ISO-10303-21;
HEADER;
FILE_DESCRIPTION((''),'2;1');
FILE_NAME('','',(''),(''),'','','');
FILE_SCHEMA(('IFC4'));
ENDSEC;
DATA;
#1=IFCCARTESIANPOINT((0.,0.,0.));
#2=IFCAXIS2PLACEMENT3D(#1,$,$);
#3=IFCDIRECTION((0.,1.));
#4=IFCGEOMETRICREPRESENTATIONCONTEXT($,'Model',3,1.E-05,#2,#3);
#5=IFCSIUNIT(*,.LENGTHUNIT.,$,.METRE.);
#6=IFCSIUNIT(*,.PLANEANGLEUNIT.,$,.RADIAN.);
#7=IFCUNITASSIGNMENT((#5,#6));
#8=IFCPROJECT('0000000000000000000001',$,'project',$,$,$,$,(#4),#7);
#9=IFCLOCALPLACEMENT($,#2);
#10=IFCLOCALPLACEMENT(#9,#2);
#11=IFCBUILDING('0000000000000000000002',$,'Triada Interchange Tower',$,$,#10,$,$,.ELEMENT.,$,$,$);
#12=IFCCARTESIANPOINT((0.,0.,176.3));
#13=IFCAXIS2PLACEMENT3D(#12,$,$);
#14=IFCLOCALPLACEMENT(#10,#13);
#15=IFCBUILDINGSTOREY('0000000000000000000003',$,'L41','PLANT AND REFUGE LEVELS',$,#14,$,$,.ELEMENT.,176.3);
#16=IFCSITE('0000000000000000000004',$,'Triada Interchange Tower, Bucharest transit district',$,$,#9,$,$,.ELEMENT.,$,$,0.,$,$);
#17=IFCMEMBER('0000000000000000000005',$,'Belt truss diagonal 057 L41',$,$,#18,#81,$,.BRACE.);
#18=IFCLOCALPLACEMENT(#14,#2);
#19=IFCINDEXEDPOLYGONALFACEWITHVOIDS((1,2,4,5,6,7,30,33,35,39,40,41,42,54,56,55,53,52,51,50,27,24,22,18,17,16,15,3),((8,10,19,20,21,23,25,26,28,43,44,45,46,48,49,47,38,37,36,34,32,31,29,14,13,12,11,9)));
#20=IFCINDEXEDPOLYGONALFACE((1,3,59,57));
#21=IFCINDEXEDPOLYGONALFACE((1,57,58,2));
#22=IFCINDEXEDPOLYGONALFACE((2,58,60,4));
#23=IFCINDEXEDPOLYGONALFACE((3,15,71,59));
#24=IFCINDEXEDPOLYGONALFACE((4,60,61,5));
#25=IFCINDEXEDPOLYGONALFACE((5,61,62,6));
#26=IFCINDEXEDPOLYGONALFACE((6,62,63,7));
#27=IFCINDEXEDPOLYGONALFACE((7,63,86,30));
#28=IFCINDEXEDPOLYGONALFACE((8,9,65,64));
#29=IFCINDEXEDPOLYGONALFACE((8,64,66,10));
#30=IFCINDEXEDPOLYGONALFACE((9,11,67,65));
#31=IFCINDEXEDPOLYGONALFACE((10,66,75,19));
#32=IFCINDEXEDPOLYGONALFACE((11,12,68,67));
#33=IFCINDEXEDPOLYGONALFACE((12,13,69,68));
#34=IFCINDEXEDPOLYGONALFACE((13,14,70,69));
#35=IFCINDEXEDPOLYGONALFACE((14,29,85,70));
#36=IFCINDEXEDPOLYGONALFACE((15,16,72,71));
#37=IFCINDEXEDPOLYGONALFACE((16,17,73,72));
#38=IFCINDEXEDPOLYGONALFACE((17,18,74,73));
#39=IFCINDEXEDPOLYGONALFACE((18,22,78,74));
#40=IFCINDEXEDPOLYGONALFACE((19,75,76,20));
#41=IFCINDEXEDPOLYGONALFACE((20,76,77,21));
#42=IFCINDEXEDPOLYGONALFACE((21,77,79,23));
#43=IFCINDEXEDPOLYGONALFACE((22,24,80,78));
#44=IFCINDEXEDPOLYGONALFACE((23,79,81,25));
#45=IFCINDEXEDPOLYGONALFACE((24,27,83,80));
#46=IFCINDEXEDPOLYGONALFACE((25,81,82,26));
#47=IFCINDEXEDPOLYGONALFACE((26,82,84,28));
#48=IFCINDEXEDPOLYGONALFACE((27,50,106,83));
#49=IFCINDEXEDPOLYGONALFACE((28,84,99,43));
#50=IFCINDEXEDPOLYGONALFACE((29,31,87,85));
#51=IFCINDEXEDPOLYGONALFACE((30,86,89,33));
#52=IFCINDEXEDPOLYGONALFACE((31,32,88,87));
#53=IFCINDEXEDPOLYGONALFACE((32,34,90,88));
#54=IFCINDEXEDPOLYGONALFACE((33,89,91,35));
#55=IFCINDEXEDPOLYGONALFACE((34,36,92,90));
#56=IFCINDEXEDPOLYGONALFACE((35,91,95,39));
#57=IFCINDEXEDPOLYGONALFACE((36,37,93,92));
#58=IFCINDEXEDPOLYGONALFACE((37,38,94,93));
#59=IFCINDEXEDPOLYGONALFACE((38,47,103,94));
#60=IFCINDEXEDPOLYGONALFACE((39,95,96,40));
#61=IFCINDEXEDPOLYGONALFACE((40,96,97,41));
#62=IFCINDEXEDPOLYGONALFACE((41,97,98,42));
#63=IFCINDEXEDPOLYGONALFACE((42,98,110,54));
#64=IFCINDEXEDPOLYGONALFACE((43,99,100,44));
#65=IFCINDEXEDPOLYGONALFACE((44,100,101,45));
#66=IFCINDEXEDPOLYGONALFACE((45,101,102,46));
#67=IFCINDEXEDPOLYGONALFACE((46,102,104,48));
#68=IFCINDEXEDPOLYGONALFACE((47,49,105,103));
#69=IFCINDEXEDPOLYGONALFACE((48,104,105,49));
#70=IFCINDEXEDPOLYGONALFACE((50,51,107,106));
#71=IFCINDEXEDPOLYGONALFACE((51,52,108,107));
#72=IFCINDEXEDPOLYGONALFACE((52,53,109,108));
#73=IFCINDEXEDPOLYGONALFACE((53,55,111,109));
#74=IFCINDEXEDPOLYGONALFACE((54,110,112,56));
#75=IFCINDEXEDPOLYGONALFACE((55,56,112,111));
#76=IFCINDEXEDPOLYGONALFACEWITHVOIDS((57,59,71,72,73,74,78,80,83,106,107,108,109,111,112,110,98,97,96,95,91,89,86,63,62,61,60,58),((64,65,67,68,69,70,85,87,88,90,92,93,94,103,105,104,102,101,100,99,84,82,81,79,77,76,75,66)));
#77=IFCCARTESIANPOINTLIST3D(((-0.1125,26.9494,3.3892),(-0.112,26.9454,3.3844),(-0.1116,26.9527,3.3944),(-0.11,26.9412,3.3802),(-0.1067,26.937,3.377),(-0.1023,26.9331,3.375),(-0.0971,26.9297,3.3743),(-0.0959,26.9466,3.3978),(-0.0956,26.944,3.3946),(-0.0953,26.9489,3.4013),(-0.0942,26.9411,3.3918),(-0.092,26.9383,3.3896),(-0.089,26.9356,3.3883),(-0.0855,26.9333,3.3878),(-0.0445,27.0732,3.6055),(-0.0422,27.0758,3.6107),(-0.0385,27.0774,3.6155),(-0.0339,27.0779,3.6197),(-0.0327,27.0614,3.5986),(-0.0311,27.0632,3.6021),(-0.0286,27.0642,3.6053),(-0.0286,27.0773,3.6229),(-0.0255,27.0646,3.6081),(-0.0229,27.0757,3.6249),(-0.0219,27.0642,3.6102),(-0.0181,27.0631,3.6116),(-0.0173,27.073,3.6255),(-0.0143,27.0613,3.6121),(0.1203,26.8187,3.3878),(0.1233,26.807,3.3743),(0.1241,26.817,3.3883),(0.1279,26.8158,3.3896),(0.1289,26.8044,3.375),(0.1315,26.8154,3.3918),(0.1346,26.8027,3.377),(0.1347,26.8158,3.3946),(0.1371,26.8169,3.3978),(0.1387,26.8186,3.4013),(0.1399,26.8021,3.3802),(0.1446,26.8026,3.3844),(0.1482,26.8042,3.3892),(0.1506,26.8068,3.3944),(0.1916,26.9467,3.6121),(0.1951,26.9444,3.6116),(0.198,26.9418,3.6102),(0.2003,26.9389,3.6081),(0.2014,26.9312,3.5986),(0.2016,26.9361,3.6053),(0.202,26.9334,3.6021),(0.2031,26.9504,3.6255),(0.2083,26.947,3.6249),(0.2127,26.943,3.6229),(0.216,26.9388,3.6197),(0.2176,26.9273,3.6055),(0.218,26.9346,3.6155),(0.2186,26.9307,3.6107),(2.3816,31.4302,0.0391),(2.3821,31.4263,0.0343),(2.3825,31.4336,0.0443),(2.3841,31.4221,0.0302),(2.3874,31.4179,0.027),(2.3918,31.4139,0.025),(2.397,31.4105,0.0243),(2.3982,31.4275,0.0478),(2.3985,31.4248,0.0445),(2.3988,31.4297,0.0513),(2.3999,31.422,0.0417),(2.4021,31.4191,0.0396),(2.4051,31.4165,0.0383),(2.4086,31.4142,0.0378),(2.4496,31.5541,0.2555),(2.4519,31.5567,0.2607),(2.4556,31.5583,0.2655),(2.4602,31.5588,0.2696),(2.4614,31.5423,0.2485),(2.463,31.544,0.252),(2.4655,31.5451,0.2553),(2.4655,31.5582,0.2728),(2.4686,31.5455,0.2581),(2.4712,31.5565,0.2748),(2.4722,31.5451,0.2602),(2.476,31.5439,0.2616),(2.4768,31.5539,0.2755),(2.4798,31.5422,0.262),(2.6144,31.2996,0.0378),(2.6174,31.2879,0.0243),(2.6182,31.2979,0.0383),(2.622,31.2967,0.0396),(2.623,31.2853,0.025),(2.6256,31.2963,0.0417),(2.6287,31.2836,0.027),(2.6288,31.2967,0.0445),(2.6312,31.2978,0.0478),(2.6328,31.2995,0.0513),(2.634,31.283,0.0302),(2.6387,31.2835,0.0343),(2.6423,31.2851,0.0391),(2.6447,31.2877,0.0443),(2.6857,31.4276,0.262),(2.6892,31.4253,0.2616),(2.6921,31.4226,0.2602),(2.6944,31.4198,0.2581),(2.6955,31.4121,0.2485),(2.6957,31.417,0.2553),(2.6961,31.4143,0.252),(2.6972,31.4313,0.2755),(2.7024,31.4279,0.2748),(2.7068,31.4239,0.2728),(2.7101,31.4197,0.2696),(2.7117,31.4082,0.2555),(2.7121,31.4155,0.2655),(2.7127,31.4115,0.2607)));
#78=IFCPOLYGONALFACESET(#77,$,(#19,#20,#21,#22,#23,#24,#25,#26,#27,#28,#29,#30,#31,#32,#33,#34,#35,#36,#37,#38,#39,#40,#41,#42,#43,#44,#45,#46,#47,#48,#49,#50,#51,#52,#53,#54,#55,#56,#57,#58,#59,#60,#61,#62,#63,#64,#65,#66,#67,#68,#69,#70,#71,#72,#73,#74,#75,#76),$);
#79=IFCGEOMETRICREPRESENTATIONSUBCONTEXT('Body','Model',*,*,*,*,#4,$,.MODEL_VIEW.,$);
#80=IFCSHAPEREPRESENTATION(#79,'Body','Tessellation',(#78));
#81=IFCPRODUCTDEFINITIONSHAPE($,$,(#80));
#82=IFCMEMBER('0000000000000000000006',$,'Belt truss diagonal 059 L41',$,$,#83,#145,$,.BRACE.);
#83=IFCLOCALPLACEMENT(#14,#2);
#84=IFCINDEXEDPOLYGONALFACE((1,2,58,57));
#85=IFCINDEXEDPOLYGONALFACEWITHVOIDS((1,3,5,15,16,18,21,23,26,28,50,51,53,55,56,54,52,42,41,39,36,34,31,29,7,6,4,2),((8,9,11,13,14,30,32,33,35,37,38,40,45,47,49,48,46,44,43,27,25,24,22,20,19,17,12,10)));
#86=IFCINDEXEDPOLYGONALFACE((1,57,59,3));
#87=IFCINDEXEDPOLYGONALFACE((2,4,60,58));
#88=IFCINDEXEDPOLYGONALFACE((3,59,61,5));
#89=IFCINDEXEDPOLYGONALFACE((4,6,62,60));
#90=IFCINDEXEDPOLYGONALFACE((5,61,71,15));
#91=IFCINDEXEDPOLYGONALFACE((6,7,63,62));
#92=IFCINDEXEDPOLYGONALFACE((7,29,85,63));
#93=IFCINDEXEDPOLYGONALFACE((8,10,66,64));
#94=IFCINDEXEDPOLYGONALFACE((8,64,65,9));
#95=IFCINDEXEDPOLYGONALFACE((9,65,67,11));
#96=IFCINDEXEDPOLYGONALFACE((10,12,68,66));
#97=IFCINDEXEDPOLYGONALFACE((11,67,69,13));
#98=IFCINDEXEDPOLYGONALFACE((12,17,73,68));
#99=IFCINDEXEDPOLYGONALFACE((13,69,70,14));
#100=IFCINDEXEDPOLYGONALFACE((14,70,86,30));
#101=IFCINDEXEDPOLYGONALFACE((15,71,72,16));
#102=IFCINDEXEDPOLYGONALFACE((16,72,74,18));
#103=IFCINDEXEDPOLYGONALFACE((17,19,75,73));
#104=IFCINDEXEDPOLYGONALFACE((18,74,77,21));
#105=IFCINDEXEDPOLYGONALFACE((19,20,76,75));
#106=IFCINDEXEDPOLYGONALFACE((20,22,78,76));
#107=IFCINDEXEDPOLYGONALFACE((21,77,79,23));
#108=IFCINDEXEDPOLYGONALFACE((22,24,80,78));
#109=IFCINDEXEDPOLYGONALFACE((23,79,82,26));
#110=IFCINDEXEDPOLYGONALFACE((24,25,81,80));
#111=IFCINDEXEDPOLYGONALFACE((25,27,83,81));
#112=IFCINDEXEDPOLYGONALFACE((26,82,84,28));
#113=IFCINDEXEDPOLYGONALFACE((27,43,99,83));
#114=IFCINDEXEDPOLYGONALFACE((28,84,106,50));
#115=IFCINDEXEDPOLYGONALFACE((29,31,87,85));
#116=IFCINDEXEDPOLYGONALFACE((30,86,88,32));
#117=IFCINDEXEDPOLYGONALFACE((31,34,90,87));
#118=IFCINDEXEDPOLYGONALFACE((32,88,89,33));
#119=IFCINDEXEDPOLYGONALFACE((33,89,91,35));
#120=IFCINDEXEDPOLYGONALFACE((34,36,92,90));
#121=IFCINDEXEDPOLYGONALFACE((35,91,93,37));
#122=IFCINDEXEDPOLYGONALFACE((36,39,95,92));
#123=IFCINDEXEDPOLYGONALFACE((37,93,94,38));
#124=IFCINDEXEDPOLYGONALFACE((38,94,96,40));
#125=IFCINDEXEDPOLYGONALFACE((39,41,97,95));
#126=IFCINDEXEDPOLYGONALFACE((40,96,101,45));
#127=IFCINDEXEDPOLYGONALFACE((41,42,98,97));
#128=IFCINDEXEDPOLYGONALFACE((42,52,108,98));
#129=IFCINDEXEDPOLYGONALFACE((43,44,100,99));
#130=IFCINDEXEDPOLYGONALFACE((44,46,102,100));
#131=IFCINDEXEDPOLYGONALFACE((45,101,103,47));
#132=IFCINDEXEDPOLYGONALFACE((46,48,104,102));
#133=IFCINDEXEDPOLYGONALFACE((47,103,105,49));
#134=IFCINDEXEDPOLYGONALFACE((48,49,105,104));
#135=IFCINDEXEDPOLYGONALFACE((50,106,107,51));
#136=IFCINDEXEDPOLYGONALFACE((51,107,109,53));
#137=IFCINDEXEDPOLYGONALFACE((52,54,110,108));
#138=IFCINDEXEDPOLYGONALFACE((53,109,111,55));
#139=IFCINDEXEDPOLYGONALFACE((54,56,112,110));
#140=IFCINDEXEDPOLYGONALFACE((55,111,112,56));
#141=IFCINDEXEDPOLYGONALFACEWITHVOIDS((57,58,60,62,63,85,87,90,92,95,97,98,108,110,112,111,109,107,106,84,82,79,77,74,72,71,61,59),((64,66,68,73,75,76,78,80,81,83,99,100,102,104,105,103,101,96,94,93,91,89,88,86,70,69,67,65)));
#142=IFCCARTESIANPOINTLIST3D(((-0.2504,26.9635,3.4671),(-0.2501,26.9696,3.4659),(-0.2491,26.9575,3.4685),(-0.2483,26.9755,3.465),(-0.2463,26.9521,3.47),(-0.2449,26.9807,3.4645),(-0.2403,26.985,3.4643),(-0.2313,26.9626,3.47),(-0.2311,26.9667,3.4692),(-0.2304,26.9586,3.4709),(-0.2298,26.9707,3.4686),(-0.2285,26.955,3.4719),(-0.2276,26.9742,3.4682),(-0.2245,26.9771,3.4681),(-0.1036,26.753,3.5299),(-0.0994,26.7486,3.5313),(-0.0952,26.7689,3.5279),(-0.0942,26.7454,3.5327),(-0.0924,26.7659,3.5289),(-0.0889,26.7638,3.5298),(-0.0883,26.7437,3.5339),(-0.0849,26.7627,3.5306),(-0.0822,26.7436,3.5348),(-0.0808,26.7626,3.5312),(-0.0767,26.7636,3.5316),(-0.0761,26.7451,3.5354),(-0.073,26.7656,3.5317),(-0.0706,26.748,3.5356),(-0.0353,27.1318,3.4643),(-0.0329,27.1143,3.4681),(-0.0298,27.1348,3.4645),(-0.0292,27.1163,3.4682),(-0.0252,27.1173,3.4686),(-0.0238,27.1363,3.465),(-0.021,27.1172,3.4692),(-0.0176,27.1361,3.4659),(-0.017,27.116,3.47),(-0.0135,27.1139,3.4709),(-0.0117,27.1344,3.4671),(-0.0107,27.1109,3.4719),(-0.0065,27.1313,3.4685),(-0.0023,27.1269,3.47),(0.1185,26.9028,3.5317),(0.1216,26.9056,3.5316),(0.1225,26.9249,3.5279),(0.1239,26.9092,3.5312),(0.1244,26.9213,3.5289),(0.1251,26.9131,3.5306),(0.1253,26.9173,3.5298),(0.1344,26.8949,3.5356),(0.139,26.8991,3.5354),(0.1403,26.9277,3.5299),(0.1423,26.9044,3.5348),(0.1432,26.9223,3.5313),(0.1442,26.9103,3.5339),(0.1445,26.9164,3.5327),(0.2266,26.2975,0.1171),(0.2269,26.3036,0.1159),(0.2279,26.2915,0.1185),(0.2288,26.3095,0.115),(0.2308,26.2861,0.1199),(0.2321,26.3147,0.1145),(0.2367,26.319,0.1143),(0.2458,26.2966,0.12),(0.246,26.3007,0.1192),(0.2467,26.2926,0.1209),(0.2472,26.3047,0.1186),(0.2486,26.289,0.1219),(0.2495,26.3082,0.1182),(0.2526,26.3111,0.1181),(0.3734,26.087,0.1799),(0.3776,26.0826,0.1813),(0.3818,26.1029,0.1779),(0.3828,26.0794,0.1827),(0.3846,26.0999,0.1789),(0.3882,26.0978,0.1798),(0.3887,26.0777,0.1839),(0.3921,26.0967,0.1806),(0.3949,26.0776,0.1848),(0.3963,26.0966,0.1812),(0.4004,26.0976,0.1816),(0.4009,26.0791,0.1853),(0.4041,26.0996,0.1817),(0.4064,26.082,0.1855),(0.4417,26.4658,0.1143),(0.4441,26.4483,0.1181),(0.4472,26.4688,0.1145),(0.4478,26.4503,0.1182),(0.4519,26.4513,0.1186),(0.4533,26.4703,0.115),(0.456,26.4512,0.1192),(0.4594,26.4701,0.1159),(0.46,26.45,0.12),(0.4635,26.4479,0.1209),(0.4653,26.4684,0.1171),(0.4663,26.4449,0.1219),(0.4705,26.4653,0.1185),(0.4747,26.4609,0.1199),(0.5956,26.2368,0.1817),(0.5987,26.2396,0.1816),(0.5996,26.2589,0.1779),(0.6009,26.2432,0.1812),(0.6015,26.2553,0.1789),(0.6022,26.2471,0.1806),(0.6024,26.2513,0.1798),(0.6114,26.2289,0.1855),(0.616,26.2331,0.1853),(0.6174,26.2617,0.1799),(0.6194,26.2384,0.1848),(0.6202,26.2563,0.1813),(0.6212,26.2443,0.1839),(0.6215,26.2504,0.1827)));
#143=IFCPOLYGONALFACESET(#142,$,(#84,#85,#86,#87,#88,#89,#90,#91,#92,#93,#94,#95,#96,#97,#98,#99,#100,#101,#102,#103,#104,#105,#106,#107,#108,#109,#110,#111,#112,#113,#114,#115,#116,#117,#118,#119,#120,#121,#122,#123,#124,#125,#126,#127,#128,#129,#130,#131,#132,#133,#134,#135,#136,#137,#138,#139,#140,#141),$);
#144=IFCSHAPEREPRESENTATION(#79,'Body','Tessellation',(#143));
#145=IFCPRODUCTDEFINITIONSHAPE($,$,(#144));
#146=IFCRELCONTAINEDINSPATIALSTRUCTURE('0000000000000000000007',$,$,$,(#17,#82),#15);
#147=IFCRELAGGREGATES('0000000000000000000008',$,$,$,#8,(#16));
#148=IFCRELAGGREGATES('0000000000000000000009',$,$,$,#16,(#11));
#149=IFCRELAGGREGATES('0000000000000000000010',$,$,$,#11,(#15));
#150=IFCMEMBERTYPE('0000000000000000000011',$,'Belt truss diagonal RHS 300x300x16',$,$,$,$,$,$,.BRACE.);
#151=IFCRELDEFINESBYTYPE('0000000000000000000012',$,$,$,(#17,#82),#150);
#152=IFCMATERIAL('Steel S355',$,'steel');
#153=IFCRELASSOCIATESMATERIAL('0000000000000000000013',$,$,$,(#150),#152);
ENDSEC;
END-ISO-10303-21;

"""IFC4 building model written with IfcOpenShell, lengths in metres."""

from ifc_helpers import new_model, si_unit, direction, frame, origin, origin_2d, place, context, subcontext, project, spatial, hollow_rectangle, extrude, material, material_profile, profile_set, type_object, element, save


model = new_model("IFC4")

# Units and contexts
model_context = context("Model", 3, precision=1e-05, world=origin(), true_north=direction((0.0, 1.0)))
body_context = subcontext(model_context, "Body", "Model", "MODEL_VIEW")
ifc_project = project(units=[si_unit("LENGTHUNIT", "METRE"), si_unit("PLANEANGLEUNIT", "RADIAN")], contexts=[model_context])

# Site, building, storey
site_placement = place(None, origin())
site = spatial("IfcSite", under=ifc_project, at=site_placement, Name="Triada Interchange Tower, Bucharest transit district", CompositionType="ELEMENT", RefElevation=0.0)
building_placement = place(site_placement, origin())
building = spatial("IfcBuilding", under=site, at=building_placement, Name="Triada Interchange Tower", CompositionType="ELEMENT")
storey_placement = place(building_placement, frame((0.0, 0.0, 176.3)))
storey = spatial("IfcBuildingStorey", under=building, at=storey_placement, Name="L41", Description="PLANT AND REFUGE LEVELS", CompositionType="ELEMENT", Elevation=176.3)

# Members
ifc_material_1 = material(Name="Steel S355", Category="steel")
ifc_material_profile_1 = material_profile(ifc_material_1, hollow_rectangle(XDim=0.3, YDim=0.3, WallThickness=0.0161, InnerFilletRadius=0.0161, OuterFilletRadius=0.0239, at=origin_2d()), Name="RHS 300x300x16")
ifc_profile_set_1 = profile_set([ifc_material_profile_1], Name="Steel S355")
member_type_1 = type_object("IfcMemberType", Name="Belt truss diagonal RHS 300x300x16", PredefinedType="BRACE", material=ifc_profile_set_1)
member_1_placement = place(storey_placement, frame((2.5471, 31.4209, 0.1499), z_axis=(-0.407167, -0.731514, 0.546902), x_axis=(0.873766, -0.486346, 0.0)))
element("IfcMember", 1, at=member_1_placement, inside=storey, type_object=member_type_1, Name="Belt truss diagonal 057 L41", PredefinedType="BRACE", context=body_context, shape_type="SweptSolid", body=[
    extrude(hollow_rectangle(XDim=0.3, YDim=0.3, WallThickness=0.0161, InnerFilletRadius=0.0161, OuterFilletRadius=0.0239, at=origin_2d()), origin(), (0.0, 0.0, 1.0), 6.1255),
])
member_2_placement = place(storey_placement, frame((0.4241, 26.2739, 0.1499), z_axis=(-0.138323, 0.193114, 0.971377), x_axis=(-0.812968, -0.582309, 0.0)))
element("IfcMember", 2, at=member_2_placement, inside=storey, type_object=member_type_1, Name="Belt truss diagonal 059 L41", PredefinedType="BRACE", context=body_context, shape_type="SweptSolid", body=[
    extrude(hollow_rectangle(XDim=0.3, YDim=0.3, WallThickness=0.0161, InnerFilletRadius=0.0161, OuterFilletRadius=0.0239, at=origin_2d()), origin(), (0.0, 0.0, 1.0), 3.4487),
])

save(model, "model.ifc")
